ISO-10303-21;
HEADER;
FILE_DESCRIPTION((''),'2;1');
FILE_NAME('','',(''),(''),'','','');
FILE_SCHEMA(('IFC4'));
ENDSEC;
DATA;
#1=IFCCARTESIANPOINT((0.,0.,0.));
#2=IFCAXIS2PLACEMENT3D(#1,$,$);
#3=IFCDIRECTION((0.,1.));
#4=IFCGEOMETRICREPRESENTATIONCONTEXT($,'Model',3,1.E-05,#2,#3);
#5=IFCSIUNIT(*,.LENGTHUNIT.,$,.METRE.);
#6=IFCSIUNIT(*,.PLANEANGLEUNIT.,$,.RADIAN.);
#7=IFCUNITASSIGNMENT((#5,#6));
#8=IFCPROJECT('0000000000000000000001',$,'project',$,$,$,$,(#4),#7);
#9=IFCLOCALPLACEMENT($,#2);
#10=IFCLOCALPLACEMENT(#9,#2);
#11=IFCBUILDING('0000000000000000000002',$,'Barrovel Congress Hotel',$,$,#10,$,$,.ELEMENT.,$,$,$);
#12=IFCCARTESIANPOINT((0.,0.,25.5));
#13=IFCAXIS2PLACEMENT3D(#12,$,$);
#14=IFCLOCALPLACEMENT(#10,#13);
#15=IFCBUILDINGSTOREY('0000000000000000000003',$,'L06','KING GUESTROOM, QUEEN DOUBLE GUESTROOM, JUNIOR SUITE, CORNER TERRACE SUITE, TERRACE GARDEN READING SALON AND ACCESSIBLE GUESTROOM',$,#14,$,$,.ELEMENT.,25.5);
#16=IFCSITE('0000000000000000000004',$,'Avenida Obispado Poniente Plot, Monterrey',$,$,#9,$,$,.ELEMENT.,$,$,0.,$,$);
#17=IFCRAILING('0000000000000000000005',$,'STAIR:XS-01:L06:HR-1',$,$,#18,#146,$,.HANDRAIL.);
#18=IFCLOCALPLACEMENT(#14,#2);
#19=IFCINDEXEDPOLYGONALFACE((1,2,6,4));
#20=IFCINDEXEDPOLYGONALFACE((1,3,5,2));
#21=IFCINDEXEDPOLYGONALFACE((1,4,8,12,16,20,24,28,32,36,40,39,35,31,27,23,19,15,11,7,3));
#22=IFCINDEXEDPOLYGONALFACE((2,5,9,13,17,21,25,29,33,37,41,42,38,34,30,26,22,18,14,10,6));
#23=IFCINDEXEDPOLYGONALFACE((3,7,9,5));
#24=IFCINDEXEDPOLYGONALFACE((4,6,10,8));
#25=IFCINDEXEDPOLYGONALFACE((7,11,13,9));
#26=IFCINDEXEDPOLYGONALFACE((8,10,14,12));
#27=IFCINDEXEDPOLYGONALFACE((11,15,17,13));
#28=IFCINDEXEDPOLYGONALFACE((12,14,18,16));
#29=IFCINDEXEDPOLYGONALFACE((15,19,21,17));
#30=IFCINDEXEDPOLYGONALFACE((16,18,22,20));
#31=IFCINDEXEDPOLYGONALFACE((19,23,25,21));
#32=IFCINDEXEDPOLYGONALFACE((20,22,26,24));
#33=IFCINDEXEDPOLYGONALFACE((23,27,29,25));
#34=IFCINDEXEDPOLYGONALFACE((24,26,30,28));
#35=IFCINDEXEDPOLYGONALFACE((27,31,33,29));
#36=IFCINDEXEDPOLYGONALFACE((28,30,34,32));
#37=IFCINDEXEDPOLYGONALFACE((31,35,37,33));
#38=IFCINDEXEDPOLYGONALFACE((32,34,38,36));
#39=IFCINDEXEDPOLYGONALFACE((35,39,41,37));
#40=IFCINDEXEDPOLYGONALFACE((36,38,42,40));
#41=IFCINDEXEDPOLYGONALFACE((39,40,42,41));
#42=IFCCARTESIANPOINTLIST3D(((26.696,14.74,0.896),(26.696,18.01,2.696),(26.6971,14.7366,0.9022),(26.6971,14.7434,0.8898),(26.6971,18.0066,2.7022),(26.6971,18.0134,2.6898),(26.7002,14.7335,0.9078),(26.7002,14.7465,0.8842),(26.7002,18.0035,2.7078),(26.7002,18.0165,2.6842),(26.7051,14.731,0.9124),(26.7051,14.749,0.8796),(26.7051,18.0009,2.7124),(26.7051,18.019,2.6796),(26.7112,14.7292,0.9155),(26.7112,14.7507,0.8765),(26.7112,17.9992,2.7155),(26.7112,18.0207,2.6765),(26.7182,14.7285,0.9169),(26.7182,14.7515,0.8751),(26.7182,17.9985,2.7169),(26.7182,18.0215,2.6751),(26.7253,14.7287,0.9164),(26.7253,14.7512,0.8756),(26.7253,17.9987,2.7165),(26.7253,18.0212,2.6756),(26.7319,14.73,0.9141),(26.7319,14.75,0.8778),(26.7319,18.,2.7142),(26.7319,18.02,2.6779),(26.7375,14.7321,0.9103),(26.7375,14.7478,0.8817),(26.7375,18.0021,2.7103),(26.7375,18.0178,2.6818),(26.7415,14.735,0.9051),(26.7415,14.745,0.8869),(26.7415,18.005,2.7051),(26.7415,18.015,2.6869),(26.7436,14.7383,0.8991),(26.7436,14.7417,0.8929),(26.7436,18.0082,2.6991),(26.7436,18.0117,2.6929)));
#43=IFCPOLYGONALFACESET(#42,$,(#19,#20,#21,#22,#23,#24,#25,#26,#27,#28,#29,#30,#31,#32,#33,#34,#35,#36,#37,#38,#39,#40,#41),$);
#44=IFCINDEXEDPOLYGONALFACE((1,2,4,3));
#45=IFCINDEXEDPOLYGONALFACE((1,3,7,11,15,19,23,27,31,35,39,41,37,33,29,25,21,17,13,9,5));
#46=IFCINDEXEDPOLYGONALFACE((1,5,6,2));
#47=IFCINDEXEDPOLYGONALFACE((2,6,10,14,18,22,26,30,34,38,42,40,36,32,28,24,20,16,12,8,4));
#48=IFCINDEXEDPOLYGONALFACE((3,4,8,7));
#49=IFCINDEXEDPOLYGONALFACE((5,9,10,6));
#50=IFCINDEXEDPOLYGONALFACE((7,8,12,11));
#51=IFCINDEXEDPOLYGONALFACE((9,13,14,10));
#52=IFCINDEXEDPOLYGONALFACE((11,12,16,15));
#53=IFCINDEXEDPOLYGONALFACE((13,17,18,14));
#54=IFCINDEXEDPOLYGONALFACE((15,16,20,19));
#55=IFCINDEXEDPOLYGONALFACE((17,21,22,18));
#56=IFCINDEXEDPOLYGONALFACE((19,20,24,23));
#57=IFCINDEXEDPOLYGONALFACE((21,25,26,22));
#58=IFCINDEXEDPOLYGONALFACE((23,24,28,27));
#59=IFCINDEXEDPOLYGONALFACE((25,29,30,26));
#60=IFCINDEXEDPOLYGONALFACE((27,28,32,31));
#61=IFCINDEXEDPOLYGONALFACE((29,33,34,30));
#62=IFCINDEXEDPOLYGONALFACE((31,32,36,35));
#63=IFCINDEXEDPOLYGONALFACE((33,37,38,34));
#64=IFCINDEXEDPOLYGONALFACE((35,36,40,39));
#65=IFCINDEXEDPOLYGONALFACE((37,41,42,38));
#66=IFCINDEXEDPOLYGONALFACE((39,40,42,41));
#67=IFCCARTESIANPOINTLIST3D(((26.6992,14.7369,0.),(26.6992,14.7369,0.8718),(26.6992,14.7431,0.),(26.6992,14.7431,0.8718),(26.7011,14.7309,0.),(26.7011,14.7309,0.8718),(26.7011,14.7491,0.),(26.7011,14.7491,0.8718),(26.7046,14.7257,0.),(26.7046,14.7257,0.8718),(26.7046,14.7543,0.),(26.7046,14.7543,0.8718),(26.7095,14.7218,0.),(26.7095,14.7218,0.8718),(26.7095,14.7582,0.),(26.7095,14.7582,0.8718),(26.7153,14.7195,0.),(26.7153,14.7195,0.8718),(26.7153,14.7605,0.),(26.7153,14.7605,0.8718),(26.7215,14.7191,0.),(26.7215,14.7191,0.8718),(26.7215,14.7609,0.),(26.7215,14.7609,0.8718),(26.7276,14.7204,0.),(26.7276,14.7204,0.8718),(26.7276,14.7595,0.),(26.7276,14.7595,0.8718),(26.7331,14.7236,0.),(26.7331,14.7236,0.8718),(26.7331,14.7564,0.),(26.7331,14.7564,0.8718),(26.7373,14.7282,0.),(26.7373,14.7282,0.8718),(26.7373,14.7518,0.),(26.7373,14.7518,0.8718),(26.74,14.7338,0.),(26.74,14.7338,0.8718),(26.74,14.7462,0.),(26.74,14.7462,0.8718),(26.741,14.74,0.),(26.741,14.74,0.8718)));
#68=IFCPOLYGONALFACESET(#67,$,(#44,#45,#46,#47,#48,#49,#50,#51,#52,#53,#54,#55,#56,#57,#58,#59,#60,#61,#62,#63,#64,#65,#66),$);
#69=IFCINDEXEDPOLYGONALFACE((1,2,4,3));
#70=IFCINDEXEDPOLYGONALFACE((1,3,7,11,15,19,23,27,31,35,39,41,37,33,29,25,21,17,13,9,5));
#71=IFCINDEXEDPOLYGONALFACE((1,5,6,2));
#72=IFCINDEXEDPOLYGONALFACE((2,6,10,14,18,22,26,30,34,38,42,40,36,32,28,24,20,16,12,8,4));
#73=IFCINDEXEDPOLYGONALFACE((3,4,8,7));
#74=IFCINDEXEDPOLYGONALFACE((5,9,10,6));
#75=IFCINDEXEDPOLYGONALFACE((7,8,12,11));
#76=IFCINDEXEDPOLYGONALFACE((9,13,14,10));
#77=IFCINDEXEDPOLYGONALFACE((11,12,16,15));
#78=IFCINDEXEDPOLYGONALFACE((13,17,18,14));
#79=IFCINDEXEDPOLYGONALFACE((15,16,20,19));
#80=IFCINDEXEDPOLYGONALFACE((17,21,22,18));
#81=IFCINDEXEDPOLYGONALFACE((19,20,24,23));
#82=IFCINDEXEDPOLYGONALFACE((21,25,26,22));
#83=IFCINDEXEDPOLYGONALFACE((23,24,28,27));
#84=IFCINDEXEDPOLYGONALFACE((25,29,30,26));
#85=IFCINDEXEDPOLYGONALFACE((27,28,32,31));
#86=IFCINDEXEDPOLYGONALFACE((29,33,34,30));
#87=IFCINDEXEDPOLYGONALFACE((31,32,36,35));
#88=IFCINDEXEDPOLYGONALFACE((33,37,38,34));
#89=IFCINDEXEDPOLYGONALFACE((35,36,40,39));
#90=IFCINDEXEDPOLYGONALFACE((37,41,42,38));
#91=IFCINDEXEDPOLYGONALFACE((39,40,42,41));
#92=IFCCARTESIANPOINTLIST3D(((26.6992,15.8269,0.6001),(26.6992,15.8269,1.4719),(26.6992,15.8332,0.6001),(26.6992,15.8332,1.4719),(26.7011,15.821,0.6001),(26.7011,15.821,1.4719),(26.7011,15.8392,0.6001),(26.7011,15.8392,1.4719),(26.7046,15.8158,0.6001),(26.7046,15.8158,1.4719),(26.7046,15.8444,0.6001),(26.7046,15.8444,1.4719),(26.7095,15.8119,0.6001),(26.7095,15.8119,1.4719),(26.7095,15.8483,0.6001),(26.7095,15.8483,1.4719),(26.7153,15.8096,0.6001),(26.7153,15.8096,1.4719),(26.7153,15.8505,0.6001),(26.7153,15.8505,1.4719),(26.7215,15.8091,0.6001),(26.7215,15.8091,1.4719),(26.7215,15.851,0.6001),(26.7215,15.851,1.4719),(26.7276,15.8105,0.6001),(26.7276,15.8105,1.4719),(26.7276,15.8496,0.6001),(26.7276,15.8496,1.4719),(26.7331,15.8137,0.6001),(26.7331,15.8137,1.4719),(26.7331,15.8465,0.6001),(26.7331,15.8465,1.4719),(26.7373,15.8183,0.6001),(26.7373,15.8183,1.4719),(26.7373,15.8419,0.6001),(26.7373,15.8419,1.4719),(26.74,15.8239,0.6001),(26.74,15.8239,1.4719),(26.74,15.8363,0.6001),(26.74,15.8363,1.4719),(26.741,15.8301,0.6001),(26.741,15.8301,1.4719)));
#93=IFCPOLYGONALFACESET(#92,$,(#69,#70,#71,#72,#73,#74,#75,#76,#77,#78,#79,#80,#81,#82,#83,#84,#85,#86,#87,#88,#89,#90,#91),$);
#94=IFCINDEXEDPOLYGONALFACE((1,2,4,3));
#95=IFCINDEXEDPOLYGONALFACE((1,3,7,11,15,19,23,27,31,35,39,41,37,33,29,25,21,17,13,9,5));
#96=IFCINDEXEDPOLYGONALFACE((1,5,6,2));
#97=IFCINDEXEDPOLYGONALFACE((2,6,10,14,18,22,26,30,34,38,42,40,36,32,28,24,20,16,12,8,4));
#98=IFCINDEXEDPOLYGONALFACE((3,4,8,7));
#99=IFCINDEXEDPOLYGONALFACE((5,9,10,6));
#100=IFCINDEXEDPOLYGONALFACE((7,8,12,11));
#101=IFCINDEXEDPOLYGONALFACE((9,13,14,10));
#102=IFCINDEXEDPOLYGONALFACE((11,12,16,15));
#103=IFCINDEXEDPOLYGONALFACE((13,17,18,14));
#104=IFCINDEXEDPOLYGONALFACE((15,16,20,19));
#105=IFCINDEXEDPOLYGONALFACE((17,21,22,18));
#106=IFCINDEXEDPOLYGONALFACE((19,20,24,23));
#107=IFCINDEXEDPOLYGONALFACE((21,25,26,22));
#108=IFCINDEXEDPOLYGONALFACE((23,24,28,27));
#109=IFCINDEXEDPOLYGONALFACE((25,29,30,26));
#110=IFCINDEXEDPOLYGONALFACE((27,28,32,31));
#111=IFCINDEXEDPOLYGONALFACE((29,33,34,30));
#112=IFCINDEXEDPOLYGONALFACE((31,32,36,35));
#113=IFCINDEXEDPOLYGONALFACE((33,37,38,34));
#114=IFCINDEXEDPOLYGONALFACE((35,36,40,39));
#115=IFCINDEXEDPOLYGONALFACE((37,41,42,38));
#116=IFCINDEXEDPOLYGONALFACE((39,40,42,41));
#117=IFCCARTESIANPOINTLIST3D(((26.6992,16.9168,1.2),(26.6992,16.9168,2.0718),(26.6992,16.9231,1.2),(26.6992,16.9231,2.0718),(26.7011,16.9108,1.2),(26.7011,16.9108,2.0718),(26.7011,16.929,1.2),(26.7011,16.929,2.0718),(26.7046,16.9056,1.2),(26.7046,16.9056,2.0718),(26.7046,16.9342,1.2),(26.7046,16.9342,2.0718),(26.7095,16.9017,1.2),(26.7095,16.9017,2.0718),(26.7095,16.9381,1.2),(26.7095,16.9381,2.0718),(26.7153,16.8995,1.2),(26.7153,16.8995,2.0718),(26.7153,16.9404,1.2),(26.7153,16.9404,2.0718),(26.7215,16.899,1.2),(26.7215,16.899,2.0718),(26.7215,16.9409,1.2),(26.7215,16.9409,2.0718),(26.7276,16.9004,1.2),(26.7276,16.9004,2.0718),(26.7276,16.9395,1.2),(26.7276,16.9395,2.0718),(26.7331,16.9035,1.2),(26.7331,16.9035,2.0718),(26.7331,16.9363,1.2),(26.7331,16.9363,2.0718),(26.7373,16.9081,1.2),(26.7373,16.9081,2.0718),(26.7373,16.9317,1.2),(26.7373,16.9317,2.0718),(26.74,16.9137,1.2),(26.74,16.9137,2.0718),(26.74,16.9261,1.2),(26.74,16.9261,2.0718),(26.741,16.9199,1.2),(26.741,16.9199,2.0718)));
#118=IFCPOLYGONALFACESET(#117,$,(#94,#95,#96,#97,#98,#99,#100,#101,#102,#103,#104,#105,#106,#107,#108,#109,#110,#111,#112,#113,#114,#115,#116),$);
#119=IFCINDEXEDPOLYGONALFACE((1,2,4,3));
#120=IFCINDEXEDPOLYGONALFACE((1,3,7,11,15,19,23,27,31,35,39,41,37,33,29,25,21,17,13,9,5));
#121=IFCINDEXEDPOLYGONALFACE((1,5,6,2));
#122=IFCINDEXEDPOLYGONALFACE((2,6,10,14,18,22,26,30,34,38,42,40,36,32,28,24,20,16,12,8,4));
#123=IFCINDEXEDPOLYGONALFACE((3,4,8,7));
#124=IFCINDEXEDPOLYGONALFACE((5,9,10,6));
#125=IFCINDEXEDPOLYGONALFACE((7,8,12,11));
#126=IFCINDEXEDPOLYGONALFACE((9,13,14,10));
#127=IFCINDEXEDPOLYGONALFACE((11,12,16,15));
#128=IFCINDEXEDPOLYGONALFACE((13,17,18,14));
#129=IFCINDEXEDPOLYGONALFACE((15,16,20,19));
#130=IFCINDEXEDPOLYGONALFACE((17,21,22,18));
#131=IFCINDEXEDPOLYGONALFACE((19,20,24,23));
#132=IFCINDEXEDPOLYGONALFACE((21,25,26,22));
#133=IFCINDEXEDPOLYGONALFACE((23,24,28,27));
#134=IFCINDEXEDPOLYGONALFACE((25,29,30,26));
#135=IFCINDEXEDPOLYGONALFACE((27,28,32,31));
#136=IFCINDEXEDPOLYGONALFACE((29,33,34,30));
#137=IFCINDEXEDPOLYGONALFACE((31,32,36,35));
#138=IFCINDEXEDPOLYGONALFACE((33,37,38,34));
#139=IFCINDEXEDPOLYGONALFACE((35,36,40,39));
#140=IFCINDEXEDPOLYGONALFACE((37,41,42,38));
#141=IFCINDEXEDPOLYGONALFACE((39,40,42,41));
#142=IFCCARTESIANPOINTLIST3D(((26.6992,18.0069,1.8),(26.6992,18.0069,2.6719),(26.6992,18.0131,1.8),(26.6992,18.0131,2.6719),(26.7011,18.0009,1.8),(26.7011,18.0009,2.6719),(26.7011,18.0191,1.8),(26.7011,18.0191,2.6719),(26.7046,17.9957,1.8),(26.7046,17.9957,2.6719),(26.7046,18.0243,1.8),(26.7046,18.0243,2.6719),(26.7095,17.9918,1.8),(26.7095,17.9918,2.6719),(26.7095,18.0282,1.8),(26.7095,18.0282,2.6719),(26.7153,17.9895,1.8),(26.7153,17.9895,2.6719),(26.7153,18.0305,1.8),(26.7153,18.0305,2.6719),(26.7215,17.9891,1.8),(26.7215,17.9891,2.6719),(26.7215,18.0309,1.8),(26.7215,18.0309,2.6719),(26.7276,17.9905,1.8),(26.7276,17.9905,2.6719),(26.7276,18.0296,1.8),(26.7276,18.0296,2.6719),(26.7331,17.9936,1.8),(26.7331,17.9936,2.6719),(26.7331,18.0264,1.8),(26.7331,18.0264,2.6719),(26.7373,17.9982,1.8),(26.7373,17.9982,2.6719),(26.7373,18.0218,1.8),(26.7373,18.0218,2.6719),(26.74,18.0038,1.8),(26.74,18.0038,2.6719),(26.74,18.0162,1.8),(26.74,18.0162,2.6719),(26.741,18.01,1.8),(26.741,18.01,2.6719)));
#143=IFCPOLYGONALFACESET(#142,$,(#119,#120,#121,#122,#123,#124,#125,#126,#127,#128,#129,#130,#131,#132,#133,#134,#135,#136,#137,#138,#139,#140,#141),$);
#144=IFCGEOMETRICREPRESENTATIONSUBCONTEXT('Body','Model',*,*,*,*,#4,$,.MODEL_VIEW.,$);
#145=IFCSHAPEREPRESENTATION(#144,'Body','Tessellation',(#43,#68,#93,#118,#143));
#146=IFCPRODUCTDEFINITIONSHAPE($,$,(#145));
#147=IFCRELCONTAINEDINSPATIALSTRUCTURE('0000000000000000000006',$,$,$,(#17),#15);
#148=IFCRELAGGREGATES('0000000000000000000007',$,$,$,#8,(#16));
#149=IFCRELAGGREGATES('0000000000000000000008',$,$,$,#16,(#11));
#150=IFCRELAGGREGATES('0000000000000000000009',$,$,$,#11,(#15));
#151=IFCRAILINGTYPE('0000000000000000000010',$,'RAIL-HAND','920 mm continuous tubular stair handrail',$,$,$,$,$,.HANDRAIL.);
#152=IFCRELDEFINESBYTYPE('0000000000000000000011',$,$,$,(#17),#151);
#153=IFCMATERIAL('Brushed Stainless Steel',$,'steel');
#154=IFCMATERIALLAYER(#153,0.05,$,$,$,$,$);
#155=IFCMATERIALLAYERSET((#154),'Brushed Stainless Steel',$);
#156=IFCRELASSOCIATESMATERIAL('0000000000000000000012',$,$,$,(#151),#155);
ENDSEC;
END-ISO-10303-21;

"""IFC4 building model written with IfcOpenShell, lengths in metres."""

from ifc_helpers import new_model, si_unit, direction, frame, origin, origin_2d, place, context, subcontext, project, spatial, circle, extrude, material, layer, layer_set, type_object, element, save


model = new_model("IFC4")

# Units and contexts
model_context = context("Model", 3, precision=1e-05, world=origin(), true_north=direction((0.0, 1.0)))
body_context = subcontext(model_context, "Body", "Model", "MODEL_VIEW")
ifc_project = project(units=[si_unit("LENGTHUNIT", "METRE"), si_unit("PLANEANGLEUNIT", "RADIAN")], contexts=[model_context])

# Site, building, storey
site_placement = place(None, origin())
site = spatial("IfcSite", under=ifc_project, at=site_placement, Name="Avenida Obispado Poniente Plot, Monterrey", CompositionType="ELEMENT", RefElevation=0.0)
building_placement = place(site_placement, origin())
building = spatial("IfcBuilding", under=site, at=building_placement, Name="Barrovel Congress Hotel", CompositionType="ELEMENT")
storey_placement = place(building_placement, frame((0.0, 0.0, 25.5)))
storey = spatial("IfcBuildingStorey", under=building, at=storey_placement, Name="L06", Description="KING GUESTROOM, QUEEN DOUBLE GUESTROOM, JUNIOR SUITE, CORNER TERRACE SUITE, TERRACE GARDEN READING SALON AND ACCESSIBLE GUESTROOM", CompositionType="ELEMENT", Elevation=25.5)

# Railing
ifc_material_1 = material(Name="Brushed Stainless Steel", Category="steel")
ifc_layer_1 = layer(ifc_material_1, 0.05)
ifc_layer_set_1 = layer_set([ifc_layer_1], Name="Brushed Stainless Steel")
railing_type_1 = type_object("IfcRailingType", Name="RAIL-HAND", Description="920 mm continuous tubular stair handrail", PredefinedType="HANDRAIL", material=ifc_layer_set_1)
railing_1_placement = place(storey_placement, frame((26.72, 14.74, 0.0)))
element("IfcRailing", 1, at=railing_1_placement, inside=storey, type_object=railing_type_1, Name="STAIR:XS-01:L06:HR-1", PredefinedType="HANDRAIL", context=body_context, shape_type="SweptSolid", body=[
    extrude(circle(Radius=0.0239, at=origin_2d()), frame((0.0, 0.0, 0.896), z_axis=(0.0, 0.876042, 0.482235), x_axis=(-1.0, 0.0, 0.0)), (0.0, 0.0, 1.0), 3.7327),
    extrude(circle(Radius=0.021, at=origin_2d()), origin(), (0.0, 0.0, 1.0), 0.8718),
    extrude(circle(Radius=0.021, at=origin_2d()), frame((0.0, 1.0901, 0.6001)), (0.0, 0.0, 1.0), 0.8718),
    extrude(circle(Radius=0.021, at=origin_2d()), frame((0.0, 2.1799, 1.2)), (0.0, 0.0, 1.0), 0.8718),
    extrude(circle(Radius=0.021, at=origin_2d()), frame((0.0, 3.27, 1.8)), (0.0, 0.0, 1.0), 0.8718),
])

save(model, "model.ifc")
